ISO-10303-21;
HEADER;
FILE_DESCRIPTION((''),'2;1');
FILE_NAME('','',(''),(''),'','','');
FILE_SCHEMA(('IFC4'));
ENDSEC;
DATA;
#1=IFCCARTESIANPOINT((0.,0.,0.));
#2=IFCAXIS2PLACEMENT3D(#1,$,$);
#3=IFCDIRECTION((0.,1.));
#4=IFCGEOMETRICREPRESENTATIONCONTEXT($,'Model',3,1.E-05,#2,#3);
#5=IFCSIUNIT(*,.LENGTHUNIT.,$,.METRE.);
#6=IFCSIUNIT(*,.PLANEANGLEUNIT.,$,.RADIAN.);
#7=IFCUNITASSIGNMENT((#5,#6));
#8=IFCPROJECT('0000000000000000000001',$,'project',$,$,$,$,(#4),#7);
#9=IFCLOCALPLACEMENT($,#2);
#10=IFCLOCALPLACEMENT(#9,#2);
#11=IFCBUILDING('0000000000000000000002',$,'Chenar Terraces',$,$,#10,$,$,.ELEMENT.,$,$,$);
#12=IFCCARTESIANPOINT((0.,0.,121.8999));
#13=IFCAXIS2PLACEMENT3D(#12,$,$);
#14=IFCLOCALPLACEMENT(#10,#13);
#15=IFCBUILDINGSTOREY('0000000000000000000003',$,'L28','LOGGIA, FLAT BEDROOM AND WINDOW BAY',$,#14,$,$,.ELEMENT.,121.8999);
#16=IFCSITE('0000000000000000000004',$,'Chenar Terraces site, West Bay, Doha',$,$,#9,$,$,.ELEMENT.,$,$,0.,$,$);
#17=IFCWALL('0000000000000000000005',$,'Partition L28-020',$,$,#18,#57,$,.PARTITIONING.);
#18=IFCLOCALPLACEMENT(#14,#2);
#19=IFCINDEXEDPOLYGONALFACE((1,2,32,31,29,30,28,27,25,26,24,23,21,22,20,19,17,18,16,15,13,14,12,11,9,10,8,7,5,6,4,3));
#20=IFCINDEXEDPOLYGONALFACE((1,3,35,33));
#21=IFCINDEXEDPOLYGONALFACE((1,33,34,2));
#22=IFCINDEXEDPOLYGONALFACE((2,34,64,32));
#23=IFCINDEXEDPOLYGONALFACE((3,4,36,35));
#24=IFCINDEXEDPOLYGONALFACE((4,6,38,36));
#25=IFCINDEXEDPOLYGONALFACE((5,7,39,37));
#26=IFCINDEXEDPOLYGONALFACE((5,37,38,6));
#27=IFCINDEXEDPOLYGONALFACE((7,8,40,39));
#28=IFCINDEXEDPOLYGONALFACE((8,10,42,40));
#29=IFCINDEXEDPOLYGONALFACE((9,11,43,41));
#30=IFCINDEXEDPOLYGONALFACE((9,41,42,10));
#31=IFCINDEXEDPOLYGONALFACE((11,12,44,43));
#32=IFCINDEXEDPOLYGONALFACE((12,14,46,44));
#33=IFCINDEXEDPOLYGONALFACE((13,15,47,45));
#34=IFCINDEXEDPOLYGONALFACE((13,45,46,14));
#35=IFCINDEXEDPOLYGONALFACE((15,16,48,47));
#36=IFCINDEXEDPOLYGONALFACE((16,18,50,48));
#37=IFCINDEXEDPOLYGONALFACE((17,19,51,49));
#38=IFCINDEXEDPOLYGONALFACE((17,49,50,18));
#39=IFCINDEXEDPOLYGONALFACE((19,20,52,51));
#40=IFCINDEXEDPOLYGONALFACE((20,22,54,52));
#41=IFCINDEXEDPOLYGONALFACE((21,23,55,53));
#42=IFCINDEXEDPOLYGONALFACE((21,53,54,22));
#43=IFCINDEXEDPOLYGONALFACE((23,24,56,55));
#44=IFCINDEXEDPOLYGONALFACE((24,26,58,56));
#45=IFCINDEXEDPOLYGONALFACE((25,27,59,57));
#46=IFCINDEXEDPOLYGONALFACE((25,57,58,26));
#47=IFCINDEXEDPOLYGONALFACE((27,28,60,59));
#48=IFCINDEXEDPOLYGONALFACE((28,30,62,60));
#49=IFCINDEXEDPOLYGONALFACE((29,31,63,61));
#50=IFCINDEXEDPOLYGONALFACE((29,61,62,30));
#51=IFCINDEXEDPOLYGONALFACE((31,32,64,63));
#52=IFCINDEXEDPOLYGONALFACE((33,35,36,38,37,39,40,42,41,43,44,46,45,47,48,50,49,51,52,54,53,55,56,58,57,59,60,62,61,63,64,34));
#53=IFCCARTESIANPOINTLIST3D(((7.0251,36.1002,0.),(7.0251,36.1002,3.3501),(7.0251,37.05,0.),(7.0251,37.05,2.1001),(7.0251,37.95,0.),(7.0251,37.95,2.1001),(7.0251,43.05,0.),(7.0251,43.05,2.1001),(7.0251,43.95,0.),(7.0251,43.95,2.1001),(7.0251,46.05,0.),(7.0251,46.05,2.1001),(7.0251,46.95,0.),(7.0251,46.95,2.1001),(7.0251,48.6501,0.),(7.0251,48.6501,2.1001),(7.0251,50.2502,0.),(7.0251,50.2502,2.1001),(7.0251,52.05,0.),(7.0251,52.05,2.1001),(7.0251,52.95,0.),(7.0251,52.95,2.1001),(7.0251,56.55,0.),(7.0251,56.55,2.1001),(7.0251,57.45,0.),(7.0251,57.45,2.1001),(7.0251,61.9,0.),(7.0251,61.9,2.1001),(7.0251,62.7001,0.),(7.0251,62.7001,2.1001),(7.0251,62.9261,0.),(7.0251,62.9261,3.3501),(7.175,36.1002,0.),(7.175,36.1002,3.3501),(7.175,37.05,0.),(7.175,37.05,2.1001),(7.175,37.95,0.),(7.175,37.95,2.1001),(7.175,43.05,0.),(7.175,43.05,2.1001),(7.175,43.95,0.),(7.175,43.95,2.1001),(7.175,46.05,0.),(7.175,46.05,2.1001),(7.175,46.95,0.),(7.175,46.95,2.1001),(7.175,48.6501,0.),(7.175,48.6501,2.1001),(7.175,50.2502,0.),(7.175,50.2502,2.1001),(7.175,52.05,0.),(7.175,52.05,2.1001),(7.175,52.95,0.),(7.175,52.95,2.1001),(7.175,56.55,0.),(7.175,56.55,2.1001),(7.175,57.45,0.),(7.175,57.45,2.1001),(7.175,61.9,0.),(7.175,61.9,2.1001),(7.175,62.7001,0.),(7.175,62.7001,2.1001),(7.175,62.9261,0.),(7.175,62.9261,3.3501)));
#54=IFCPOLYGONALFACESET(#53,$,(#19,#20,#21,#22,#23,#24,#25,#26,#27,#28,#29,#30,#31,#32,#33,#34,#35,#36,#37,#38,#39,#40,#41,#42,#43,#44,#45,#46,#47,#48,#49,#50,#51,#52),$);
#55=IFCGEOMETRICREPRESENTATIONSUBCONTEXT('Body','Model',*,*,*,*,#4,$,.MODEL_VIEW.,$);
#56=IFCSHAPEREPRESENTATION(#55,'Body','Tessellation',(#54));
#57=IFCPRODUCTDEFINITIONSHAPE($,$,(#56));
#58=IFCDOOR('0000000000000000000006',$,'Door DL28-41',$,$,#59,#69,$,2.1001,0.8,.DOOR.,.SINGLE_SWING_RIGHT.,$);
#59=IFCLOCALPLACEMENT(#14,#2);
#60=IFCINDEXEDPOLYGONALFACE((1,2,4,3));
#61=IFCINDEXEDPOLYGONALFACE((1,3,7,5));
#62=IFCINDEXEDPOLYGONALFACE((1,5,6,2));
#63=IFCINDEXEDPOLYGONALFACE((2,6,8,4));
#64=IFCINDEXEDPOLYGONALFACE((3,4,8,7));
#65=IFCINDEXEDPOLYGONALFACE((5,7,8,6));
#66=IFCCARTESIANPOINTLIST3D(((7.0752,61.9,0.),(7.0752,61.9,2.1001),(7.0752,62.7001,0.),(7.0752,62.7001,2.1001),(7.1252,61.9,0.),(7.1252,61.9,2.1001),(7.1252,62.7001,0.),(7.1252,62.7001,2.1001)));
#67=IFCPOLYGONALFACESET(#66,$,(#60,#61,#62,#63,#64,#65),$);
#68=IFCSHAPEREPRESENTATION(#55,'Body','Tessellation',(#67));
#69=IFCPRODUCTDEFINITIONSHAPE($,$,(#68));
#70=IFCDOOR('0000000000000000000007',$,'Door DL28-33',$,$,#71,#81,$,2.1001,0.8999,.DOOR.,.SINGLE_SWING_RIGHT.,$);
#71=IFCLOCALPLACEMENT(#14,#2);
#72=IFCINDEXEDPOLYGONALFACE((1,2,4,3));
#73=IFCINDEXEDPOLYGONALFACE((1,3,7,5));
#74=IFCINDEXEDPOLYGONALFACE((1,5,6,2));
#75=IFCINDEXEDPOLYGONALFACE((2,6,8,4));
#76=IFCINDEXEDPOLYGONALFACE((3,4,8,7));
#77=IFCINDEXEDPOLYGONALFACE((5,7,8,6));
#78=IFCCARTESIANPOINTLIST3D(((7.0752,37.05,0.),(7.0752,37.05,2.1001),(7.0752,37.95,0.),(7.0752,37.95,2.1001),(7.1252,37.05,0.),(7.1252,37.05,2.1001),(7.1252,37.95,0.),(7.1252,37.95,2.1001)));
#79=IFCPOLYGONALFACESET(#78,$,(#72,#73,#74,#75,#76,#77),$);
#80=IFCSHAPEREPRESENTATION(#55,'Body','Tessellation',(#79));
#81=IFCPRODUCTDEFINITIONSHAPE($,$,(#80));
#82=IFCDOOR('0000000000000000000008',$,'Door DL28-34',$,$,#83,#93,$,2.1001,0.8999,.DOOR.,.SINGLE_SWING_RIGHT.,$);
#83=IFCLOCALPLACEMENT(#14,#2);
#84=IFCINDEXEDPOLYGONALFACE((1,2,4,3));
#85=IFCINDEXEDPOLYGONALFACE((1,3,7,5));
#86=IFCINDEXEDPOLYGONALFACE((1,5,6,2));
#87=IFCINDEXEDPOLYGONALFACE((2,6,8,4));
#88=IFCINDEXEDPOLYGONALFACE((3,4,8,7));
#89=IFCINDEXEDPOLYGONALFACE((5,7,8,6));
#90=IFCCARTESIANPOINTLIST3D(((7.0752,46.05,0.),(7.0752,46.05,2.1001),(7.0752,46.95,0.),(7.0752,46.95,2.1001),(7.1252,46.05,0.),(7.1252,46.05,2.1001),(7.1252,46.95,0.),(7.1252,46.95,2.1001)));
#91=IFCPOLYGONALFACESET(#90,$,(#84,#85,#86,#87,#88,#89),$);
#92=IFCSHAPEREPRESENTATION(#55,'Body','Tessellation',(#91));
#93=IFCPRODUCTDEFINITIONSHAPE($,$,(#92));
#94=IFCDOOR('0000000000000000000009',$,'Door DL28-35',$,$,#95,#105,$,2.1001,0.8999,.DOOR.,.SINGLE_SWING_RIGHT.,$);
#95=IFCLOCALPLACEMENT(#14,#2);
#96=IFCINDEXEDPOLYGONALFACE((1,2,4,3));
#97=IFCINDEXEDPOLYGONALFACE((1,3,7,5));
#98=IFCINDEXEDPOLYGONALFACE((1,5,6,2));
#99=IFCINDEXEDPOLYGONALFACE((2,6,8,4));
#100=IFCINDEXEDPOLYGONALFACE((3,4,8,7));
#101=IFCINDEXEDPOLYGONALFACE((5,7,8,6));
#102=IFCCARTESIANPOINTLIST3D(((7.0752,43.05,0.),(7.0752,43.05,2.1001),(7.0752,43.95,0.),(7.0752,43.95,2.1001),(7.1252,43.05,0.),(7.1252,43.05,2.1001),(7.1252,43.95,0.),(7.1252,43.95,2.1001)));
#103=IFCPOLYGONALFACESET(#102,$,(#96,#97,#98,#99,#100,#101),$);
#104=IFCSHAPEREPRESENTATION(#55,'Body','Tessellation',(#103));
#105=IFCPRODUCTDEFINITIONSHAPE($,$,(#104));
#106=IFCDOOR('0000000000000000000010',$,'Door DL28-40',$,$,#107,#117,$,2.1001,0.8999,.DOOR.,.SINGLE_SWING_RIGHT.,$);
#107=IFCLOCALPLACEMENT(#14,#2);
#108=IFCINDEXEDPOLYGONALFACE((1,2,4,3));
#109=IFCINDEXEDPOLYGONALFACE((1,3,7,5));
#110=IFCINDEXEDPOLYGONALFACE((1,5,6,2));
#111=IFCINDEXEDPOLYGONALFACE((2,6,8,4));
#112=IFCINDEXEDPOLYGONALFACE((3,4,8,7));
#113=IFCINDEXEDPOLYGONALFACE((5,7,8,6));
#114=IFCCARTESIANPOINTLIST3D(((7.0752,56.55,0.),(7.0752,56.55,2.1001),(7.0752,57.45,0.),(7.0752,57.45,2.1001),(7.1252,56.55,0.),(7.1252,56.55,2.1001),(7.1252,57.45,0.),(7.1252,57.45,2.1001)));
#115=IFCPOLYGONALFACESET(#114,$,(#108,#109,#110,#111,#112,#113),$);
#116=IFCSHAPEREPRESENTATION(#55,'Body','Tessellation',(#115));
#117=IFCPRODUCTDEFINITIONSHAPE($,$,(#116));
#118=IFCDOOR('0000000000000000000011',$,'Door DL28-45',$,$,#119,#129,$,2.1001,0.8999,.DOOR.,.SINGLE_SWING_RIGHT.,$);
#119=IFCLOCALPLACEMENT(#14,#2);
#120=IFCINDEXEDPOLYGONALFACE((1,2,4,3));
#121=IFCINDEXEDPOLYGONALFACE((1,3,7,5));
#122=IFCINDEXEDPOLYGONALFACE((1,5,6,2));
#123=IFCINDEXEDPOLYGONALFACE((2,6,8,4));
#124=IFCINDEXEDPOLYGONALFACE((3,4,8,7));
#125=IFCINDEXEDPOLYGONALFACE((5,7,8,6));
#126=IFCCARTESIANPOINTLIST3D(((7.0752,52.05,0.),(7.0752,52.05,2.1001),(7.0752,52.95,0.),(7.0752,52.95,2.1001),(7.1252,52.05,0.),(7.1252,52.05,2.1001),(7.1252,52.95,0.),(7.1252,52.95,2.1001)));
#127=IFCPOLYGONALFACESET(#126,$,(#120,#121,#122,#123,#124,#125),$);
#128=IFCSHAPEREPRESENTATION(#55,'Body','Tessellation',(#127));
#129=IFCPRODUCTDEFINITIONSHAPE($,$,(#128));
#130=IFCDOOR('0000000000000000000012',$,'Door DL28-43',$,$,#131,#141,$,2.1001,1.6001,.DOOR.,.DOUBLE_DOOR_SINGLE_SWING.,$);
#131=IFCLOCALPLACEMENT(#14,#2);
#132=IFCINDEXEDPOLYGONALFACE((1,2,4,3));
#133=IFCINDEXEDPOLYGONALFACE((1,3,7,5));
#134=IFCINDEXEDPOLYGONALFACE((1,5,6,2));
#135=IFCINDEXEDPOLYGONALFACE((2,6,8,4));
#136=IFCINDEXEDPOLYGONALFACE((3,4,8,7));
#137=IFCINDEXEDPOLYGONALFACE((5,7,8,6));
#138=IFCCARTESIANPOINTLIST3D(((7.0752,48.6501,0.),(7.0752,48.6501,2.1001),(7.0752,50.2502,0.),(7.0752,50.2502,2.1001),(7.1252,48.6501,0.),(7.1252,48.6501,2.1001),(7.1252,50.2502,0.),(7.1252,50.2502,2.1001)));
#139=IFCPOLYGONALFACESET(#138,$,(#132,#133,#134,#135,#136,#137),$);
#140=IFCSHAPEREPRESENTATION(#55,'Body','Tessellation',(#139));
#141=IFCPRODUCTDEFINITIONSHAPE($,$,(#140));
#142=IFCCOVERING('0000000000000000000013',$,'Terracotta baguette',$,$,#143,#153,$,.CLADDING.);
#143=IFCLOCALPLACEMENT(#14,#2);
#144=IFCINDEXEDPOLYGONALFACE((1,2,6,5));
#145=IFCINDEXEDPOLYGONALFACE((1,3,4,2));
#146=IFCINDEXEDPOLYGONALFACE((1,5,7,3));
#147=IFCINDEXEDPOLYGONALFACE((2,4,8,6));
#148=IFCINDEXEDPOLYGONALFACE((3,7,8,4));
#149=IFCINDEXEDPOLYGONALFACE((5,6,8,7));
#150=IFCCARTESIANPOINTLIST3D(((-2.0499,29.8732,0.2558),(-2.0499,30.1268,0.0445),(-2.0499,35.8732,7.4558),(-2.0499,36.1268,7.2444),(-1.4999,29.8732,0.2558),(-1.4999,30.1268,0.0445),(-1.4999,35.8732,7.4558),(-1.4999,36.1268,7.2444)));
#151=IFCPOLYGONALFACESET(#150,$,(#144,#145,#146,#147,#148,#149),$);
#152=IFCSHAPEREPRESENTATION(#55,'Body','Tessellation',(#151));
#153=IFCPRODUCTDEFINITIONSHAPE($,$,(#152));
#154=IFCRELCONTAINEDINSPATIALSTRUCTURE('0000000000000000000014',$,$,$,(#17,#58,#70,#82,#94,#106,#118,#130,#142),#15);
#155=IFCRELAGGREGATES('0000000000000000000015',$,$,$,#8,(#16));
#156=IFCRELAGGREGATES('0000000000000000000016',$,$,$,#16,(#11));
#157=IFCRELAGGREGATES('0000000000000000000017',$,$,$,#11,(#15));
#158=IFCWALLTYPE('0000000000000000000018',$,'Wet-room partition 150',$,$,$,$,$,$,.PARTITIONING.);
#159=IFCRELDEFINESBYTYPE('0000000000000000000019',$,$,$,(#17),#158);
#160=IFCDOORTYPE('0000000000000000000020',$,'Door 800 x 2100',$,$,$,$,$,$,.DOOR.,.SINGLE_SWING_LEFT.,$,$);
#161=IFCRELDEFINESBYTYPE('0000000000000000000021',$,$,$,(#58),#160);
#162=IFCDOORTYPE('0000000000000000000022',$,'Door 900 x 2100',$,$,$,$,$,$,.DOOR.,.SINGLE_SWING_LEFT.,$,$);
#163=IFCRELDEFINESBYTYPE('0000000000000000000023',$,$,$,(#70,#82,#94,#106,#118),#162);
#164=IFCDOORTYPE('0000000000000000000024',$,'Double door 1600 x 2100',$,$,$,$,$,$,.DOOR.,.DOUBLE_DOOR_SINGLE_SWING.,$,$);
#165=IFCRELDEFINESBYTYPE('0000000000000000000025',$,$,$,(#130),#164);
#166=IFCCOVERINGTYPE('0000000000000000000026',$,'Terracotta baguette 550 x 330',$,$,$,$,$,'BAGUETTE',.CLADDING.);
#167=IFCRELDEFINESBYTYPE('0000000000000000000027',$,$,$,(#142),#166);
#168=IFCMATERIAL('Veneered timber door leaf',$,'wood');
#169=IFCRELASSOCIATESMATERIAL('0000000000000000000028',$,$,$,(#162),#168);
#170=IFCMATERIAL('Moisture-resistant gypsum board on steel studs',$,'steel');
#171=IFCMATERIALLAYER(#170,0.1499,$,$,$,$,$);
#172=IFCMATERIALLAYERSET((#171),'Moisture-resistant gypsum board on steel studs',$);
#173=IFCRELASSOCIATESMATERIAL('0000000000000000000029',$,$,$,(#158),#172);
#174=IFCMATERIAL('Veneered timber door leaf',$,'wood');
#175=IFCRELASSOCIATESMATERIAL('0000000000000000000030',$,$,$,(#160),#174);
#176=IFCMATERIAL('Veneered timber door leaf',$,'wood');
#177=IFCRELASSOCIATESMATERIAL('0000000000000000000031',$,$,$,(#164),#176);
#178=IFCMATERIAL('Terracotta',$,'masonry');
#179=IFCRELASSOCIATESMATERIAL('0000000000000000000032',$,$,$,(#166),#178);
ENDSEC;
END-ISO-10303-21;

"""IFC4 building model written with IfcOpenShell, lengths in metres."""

from ifc_helpers import new_model, si_unit, direction, frame, frame_2d, origin, origin_2d, place, context, subcontext, project, spatial, rectangle, extrude, material, layer, layer_set, material_profile, profile_set, type_object, element, fill, save


model = new_model("IFC4")

# Units and contexts
model_context = context("Model", 3, precision=1e-05, world=origin(), true_north=direction((0.0, 1.0)))
body_context = subcontext(model_context, "Body", "Model", "MODEL_VIEW")
ifc_project = project(units=[si_unit("LENGTHUNIT", "METRE"), si_unit("PLANEANGLEUNIT", "RADIAN")], contexts=[model_context])

# Site, building, storey
site_placement = place(None, origin())
site = spatial("IfcSite", under=ifc_project, at=site_placement, Name="Chenar Terraces site, West Bay, Doha", CompositionType="ELEMENT", RefElevation=0.0)
building_placement = place(site_placement, origin())
building = spatial("IfcBuilding", under=site, at=building_placement, Name="Chenar Terraces", CompositionType="ELEMENT")
storey_placement = place(building_placement, frame((0.0, 0.0, 121.8999)))
storey = spatial("IfcBuildingStorey", under=building, at=storey_placement, Name="L28", Description="LOGGIA, FLAT BEDROOM AND WINDOW BAY", CompositionType="ELEMENT", Elevation=121.8999)

# Shared definitions
ifc_material_1 = material(Name="Veneered timber door leaf", Category="wood")
door_type_1 = type_object("IfcDoorType", Name="Door 900 x 2100", OperationType="SINGLE_SWING_LEFT", PredefinedType="DOOR", material=ifc_material_1)

# Shared definitions
ifc_material_2 = material(Name="Moisture-resistant gypsum board on steel studs", Category="steel")
ifc_layer_1 = layer(ifc_material_2, 0.1499)
ifc_layer_set_1 = layer_set([ifc_layer_1], Name="Moisture-resistant gypsum board on steel studs")
wall_type_1 = type_object("IfcWallType", Name="Wet-room partition 150", PredefinedType="PARTITIONING", material=ifc_layer_set_1)

# Wall, openings, doors
wall_1_placement = place(storey_placement, frame((7.1001, 36.1001, 0.0), z_axis=(0.0, 0.0, 1.0), x_axis=(0.0, 1.0, 0.0)))
wall_1 = element("IfcWall", 1, at=wall_1_placement, inside=storey, type_object=wall_type_1, Name="Partition L28-020", PredefinedType="PARTITIONING", context=body_context, shape_type="SweptSolid", body=[
    extrude(rectangle(XDim=26.8259, YDim=0.1499, at=frame_2d((13.4131, 0.0))), origin(), (0.0, 0.0, 1.0), 3.3501),
])
opening_1_placement = place(wall_1_placement, frame((0.95, 0.0, 0.0)))
opening_1 = element("IfcOpeningElement", 2, at=opening_1_placement, cuts=wall_1, PredefinedType="OPENING", context=body_context, shape_type="SweptSolid", body=[
    extrude(rectangle(XDim=0.8999, YDim=2.1001, at=frame_2d((0.45, 1.05))), frame((0.0, 0.085, 0.0), z_axis=(0.0, -1.0, 0.0), x_axis=(1.0, 0.0, 0.0)), (0.0, 0.0, 1.0), 0.1699),
])
opening_2_placement = place(wall_1_placement, frame((9.95, 0.0, 0.0)))
opening_2 = element("IfcOpeningElement", 3, at=opening_2_placement, cuts=wall_1, PredefinedType="OPENING", context=body_context, shape_type="SweptSolid", body=[
    extrude(rectangle(XDim=0.8999, YDim=2.1001, at=frame_2d((0.45, 1.05))), frame((0.0, 0.085, 0.0), z_axis=(0.0, -1.0, 0.0), x_axis=(1.0, 0.0, 0.0)), (0.0, 0.0, 1.0), 0.1699),
])
opening_3_placement = place(wall_1_placement, frame((6.95, 0.0, 0.0)))
opening_3 = element("IfcOpeningElement", 4, at=opening_3_placement, cuts=wall_1, PredefinedType="OPENING", context=body_context, shape_type="SweptSolid", body=[
    extrude(rectangle(XDim=0.8999, YDim=2.1001, at=frame_2d((0.45, 1.05))), frame((0.0, 0.085, 0.0), z_axis=(0.0, -1.0, 0.0), x_axis=(1.0, 0.0, 0.0)), (0.0, 0.0, 1.0), 0.1699),
])
opening_4_placement = place(wall_1_placement, frame((20.45, 0.0, 0.0)))
opening_4 = element("IfcOpeningElement", 5, at=opening_4_placement, cuts=wall_1, PredefinedType="OPENING", context=body_context, shape_type="SweptSolid", body=[
    extrude(rectangle(XDim=0.8999, YDim=2.1001, at=frame_2d((0.45, 1.05))), frame((0.0, 0.085, 0.0), z_axis=(0.0, -1.0, 0.0), x_axis=(1.0, 0.0, 0.0)), (0.0, 0.0, 1.0), 0.1699),
])
opening_5_placement = place(wall_1_placement, frame((25.8, 0.0, 0.0)))
opening_5 = element("IfcOpeningElement", 6, at=opening_5_placement, cuts=wall_1, PredefinedType="OPENING", context=body_context, shape_type="SweptSolid", body=[
    extrude(rectangle(XDim=0.8, YDim=2.1001, at=frame_2d((0.3999, 1.05))), frame((0.0, 0.085, 0.0), z_axis=(0.0, -1.0, 0.0), x_axis=(1.0, 0.0, 0.0)), (0.0, 0.0, 1.0), 0.1699),
])
opening_6_placement = place(wall_1_placement, frame((12.55, 0.0, 0.0)))
opening_6 = element("IfcOpeningElement", 7, at=opening_6_placement, cuts=wall_1, PredefinedType="OPENING", context=body_context, shape_type="SweptSolid", body=[
    extrude(rectangle(XDim=1.6001, YDim=2.1001, at=frame_2d((0.8, 1.05))), frame((0.0, 0.085, 0.0), z_axis=(0.0, -1.0, 0.0), x_axis=(1.0, 0.0, 0.0)), (0.0, 0.0, 1.0), 0.1699),
])
opening_7_placement = place(wall_1_placement, frame((15.95, 0.0, 0.0)))
opening_7 = element("IfcOpeningElement", 8, at=opening_7_placement, cuts=wall_1, PredefinedType="OPENING", context=body_context, shape_type="SweptSolid", body=[
    extrude(rectangle(XDim=0.8999, YDim=2.1001, at=frame_2d((0.45, 1.05))), frame((0.0, 0.085, 0.0), z_axis=(0.0, -1.0, 0.0), x_axis=(1.0, 0.0, 0.0)), (0.0, 0.0, 1.0), 0.1699),
])
ifc_material_3 = material(Name="Veneered timber door leaf", Category="wood")
door_type_2 = type_object("IfcDoorType", Name="Door 800 x 2100", OperationType="SINGLE_SWING_LEFT", PredefinedType="DOOR", material=ifc_material_3)
door_1_placement = place(opening_5_placement, origin())
door_1 = element("IfcDoor", 9, at=door_1_placement, inside=storey, type_object=door_type_2, Name="Door DL28-41", OperationType="SINGLE_SWING_RIGHT", OverallHeight=2.1001, OverallWidth=0.8, PredefinedType="DOOR", context=body_context, shape_type="SweptSolid", body=[
    extrude(rectangle(XDim=0.8, YDim=2.1001, at=frame_2d((0.3999, 1.05))), frame((0.0, 0.0249, 0.0), z_axis=(0.0, -1.0, 0.0), x_axis=(1.0, 0.0, 0.0)), (0.0, 0.0, 1.0), 0.05),
])
fill(opening_5, door_1)
door_2_placement = place(opening_1_placement, origin())
door_2 = element("IfcDoor", 10, at=door_2_placement, inside=storey, type_object=door_type_1, Name="Door DL28-33", OperationType="SINGLE_SWING_RIGHT", OverallHeight=2.1001, OverallWidth=0.8999, PredefinedType="DOOR", context=body_context, shape_type="SweptSolid", body=[
    extrude(rectangle(XDim=0.8999, YDim=2.1001, at=frame_2d((0.45, 1.05))), frame((0.0, 0.0249, 0.0), z_axis=(0.0, -1.0, 0.0), x_axis=(1.0, 0.0, 0.0)), (0.0, 0.0, 1.0), 0.05),
])
fill(opening_1, door_2)
door_3_placement = place(opening_2_placement, origin())
door_3 = element("IfcDoor", 11, at=door_3_placement, inside=storey, type_object=door_type_1, Name="Door DL28-34", OperationType="SINGLE_SWING_RIGHT", OverallHeight=2.1001, OverallWidth=0.8999, PredefinedType="DOOR", context=body_context, shape_type="SweptSolid", body=[
    extrude(rectangle(XDim=0.8999, YDim=2.1001, at=frame_2d((0.45, 1.05))), frame((0.0, 0.0249, 0.0), z_axis=(0.0, -1.0, 0.0), x_axis=(1.0, 0.0, 0.0)), (0.0, 0.0, 1.0), 0.05),
])
fill(opening_2, door_3)
door_4_placement = place(opening_3_placement, origin())
door_4 = element("IfcDoor", 12, at=door_4_placement, inside=storey, type_object=door_type_1, Name="Door DL28-35", OperationType="SINGLE_SWING_RIGHT", OverallHeight=2.1001, OverallWidth=0.8999, PredefinedType="DOOR", context=body_context, shape_type="SweptSolid", body=[
    extrude(rectangle(XDim=0.8999, YDim=2.1001, at=frame_2d((0.45, 1.05))), frame((0.0, 0.0249, 0.0), z_axis=(0.0, -1.0, 0.0), x_axis=(1.0, 0.0, 0.0)), (0.0, 0.0, 1.0), 0.05),
])
fill(opening_3, door_4)
door_5_placement = place(opening_4_placement, origin())
door_5 = element("IfcDoor", 13, at=door_5_placement, inside=storey, type_object=door_type_1, Name="Door DL28-40", OperationType="SINGLE_SWING_RIGHT", OverallHeight=2.1001, OverallWidth=0.8999, PredefinedType="DOOR", context=body_context, shape_type="SweptSolid", body=[
    extrude(rectangle(XDim=0.8999, YDim=2.1001, at=frame_2d((0.45, 1.05))), frame((0.0, 0.0249, 0.0), z_axis=(0.0, -1.0, 0.0), x_axis=(1.0, 0.0, 0.0)), (0.0, 0.0, 1.0), 0.05),
])
fill(opening_4, door_5)
door_6_placement = place(opening_7_placement, origin())
door_6 = element("IfcDoor", 14, at=door_6_placement, inside=storey, type_object=door_type_1, Name="Door DL28-45", OperationType="SINGLE_SWING_RIGHT", OverallHeight=2.1001, OverallWidth=0.8999, PredefinedType="DOOR", context=body_context, shape_type="SweptSolid", body=[
    extrude(rectangle(XDim=0.8999, YDim=2.1001, at=frame_2d((0.45, 1.05))), frame((0.0, 0.0249, 0.0), z_axis=(0.0, -1.0, 0.0), x_axis=(1.0, 0.0, 0.0)), (0.0, 0.0, 1.0), 0.05),
])
fill(opening_7, door_6)
ifc_material_4 = material(Name="Veneered timber door leaf", Category="wood")
door_type_3 = type_object("IfcDoorType", Name="Double door 1600 x 2100", OperationType="DOUBLE_DOOR_SINGLE_SWING", PredefinedType="DOOR", material=ifc_material_4)
door_7_placement = place(opening_6_placement, origin())
door_7 = element("IfcDoor", 15, at=door_7_placement, inside=storey, type_object=door_type_3, Name="Door DL28-43", OperationType="DOUBLE_DOOR_SINGLE_SWING", OverallHeight=2.1001, OverallWidth=1.6001, PredefinedType="DOOR", context=body_context, shape_type="SweptSolid", body=[
    extrude(rectangle(XDim=1.6001, YDim=2.1001, at=frame_2d((0.8, 1.05))), frame((0.0, 0.0249, 0.0), z_axis=(0.0, -1.0, 0.0), x_axis=(1.0, 0.0, 0.0)), (0.0, 0.0, 1.0), 0.05),
])
fill(opening_6, door_7)

# Covering
ifc_material_5 = material(Name="Terracotta", Category="masonry")
ifc_material_profile_1 = material_profile(ifc_material_5, rectangle(XDim=0.55, YDim=0.3301, at=origin_2d()), Name="Terracotta baguette 550 x 330")
ifc_profile_set_1 = profile_set([ifc_material_profile_1], Name="Terracotta")
covering_type = type_object("IfcCoveringType", Name="Terracotta baguette 550 x 330", ElementType="BAGUETTE", PredefinedType="CLADDING", material=ifc_profile_set_1)
covering_placement = place(storey_placement, frame((-1.7749, 36.0, 7.3501), z_axis=(0.0, -0.640187, -0.768219), x_axis=(1.0, 0.0, 0.0)))
element("IfcCovering", 16, at=covering_placement, inside=storey, type_object=covering_type, Name="Terracotta baguette", PredefinedType="CLADDING", context=body_context, shape_type="SweptSolid", body=[
    extrude(rectangle(XDim=0.55, YDim=0.3301, at=origin_2d()), origin(), (0.0, 0.0, 1.0), 9.3723),
])

save(model, "model.ifc")
